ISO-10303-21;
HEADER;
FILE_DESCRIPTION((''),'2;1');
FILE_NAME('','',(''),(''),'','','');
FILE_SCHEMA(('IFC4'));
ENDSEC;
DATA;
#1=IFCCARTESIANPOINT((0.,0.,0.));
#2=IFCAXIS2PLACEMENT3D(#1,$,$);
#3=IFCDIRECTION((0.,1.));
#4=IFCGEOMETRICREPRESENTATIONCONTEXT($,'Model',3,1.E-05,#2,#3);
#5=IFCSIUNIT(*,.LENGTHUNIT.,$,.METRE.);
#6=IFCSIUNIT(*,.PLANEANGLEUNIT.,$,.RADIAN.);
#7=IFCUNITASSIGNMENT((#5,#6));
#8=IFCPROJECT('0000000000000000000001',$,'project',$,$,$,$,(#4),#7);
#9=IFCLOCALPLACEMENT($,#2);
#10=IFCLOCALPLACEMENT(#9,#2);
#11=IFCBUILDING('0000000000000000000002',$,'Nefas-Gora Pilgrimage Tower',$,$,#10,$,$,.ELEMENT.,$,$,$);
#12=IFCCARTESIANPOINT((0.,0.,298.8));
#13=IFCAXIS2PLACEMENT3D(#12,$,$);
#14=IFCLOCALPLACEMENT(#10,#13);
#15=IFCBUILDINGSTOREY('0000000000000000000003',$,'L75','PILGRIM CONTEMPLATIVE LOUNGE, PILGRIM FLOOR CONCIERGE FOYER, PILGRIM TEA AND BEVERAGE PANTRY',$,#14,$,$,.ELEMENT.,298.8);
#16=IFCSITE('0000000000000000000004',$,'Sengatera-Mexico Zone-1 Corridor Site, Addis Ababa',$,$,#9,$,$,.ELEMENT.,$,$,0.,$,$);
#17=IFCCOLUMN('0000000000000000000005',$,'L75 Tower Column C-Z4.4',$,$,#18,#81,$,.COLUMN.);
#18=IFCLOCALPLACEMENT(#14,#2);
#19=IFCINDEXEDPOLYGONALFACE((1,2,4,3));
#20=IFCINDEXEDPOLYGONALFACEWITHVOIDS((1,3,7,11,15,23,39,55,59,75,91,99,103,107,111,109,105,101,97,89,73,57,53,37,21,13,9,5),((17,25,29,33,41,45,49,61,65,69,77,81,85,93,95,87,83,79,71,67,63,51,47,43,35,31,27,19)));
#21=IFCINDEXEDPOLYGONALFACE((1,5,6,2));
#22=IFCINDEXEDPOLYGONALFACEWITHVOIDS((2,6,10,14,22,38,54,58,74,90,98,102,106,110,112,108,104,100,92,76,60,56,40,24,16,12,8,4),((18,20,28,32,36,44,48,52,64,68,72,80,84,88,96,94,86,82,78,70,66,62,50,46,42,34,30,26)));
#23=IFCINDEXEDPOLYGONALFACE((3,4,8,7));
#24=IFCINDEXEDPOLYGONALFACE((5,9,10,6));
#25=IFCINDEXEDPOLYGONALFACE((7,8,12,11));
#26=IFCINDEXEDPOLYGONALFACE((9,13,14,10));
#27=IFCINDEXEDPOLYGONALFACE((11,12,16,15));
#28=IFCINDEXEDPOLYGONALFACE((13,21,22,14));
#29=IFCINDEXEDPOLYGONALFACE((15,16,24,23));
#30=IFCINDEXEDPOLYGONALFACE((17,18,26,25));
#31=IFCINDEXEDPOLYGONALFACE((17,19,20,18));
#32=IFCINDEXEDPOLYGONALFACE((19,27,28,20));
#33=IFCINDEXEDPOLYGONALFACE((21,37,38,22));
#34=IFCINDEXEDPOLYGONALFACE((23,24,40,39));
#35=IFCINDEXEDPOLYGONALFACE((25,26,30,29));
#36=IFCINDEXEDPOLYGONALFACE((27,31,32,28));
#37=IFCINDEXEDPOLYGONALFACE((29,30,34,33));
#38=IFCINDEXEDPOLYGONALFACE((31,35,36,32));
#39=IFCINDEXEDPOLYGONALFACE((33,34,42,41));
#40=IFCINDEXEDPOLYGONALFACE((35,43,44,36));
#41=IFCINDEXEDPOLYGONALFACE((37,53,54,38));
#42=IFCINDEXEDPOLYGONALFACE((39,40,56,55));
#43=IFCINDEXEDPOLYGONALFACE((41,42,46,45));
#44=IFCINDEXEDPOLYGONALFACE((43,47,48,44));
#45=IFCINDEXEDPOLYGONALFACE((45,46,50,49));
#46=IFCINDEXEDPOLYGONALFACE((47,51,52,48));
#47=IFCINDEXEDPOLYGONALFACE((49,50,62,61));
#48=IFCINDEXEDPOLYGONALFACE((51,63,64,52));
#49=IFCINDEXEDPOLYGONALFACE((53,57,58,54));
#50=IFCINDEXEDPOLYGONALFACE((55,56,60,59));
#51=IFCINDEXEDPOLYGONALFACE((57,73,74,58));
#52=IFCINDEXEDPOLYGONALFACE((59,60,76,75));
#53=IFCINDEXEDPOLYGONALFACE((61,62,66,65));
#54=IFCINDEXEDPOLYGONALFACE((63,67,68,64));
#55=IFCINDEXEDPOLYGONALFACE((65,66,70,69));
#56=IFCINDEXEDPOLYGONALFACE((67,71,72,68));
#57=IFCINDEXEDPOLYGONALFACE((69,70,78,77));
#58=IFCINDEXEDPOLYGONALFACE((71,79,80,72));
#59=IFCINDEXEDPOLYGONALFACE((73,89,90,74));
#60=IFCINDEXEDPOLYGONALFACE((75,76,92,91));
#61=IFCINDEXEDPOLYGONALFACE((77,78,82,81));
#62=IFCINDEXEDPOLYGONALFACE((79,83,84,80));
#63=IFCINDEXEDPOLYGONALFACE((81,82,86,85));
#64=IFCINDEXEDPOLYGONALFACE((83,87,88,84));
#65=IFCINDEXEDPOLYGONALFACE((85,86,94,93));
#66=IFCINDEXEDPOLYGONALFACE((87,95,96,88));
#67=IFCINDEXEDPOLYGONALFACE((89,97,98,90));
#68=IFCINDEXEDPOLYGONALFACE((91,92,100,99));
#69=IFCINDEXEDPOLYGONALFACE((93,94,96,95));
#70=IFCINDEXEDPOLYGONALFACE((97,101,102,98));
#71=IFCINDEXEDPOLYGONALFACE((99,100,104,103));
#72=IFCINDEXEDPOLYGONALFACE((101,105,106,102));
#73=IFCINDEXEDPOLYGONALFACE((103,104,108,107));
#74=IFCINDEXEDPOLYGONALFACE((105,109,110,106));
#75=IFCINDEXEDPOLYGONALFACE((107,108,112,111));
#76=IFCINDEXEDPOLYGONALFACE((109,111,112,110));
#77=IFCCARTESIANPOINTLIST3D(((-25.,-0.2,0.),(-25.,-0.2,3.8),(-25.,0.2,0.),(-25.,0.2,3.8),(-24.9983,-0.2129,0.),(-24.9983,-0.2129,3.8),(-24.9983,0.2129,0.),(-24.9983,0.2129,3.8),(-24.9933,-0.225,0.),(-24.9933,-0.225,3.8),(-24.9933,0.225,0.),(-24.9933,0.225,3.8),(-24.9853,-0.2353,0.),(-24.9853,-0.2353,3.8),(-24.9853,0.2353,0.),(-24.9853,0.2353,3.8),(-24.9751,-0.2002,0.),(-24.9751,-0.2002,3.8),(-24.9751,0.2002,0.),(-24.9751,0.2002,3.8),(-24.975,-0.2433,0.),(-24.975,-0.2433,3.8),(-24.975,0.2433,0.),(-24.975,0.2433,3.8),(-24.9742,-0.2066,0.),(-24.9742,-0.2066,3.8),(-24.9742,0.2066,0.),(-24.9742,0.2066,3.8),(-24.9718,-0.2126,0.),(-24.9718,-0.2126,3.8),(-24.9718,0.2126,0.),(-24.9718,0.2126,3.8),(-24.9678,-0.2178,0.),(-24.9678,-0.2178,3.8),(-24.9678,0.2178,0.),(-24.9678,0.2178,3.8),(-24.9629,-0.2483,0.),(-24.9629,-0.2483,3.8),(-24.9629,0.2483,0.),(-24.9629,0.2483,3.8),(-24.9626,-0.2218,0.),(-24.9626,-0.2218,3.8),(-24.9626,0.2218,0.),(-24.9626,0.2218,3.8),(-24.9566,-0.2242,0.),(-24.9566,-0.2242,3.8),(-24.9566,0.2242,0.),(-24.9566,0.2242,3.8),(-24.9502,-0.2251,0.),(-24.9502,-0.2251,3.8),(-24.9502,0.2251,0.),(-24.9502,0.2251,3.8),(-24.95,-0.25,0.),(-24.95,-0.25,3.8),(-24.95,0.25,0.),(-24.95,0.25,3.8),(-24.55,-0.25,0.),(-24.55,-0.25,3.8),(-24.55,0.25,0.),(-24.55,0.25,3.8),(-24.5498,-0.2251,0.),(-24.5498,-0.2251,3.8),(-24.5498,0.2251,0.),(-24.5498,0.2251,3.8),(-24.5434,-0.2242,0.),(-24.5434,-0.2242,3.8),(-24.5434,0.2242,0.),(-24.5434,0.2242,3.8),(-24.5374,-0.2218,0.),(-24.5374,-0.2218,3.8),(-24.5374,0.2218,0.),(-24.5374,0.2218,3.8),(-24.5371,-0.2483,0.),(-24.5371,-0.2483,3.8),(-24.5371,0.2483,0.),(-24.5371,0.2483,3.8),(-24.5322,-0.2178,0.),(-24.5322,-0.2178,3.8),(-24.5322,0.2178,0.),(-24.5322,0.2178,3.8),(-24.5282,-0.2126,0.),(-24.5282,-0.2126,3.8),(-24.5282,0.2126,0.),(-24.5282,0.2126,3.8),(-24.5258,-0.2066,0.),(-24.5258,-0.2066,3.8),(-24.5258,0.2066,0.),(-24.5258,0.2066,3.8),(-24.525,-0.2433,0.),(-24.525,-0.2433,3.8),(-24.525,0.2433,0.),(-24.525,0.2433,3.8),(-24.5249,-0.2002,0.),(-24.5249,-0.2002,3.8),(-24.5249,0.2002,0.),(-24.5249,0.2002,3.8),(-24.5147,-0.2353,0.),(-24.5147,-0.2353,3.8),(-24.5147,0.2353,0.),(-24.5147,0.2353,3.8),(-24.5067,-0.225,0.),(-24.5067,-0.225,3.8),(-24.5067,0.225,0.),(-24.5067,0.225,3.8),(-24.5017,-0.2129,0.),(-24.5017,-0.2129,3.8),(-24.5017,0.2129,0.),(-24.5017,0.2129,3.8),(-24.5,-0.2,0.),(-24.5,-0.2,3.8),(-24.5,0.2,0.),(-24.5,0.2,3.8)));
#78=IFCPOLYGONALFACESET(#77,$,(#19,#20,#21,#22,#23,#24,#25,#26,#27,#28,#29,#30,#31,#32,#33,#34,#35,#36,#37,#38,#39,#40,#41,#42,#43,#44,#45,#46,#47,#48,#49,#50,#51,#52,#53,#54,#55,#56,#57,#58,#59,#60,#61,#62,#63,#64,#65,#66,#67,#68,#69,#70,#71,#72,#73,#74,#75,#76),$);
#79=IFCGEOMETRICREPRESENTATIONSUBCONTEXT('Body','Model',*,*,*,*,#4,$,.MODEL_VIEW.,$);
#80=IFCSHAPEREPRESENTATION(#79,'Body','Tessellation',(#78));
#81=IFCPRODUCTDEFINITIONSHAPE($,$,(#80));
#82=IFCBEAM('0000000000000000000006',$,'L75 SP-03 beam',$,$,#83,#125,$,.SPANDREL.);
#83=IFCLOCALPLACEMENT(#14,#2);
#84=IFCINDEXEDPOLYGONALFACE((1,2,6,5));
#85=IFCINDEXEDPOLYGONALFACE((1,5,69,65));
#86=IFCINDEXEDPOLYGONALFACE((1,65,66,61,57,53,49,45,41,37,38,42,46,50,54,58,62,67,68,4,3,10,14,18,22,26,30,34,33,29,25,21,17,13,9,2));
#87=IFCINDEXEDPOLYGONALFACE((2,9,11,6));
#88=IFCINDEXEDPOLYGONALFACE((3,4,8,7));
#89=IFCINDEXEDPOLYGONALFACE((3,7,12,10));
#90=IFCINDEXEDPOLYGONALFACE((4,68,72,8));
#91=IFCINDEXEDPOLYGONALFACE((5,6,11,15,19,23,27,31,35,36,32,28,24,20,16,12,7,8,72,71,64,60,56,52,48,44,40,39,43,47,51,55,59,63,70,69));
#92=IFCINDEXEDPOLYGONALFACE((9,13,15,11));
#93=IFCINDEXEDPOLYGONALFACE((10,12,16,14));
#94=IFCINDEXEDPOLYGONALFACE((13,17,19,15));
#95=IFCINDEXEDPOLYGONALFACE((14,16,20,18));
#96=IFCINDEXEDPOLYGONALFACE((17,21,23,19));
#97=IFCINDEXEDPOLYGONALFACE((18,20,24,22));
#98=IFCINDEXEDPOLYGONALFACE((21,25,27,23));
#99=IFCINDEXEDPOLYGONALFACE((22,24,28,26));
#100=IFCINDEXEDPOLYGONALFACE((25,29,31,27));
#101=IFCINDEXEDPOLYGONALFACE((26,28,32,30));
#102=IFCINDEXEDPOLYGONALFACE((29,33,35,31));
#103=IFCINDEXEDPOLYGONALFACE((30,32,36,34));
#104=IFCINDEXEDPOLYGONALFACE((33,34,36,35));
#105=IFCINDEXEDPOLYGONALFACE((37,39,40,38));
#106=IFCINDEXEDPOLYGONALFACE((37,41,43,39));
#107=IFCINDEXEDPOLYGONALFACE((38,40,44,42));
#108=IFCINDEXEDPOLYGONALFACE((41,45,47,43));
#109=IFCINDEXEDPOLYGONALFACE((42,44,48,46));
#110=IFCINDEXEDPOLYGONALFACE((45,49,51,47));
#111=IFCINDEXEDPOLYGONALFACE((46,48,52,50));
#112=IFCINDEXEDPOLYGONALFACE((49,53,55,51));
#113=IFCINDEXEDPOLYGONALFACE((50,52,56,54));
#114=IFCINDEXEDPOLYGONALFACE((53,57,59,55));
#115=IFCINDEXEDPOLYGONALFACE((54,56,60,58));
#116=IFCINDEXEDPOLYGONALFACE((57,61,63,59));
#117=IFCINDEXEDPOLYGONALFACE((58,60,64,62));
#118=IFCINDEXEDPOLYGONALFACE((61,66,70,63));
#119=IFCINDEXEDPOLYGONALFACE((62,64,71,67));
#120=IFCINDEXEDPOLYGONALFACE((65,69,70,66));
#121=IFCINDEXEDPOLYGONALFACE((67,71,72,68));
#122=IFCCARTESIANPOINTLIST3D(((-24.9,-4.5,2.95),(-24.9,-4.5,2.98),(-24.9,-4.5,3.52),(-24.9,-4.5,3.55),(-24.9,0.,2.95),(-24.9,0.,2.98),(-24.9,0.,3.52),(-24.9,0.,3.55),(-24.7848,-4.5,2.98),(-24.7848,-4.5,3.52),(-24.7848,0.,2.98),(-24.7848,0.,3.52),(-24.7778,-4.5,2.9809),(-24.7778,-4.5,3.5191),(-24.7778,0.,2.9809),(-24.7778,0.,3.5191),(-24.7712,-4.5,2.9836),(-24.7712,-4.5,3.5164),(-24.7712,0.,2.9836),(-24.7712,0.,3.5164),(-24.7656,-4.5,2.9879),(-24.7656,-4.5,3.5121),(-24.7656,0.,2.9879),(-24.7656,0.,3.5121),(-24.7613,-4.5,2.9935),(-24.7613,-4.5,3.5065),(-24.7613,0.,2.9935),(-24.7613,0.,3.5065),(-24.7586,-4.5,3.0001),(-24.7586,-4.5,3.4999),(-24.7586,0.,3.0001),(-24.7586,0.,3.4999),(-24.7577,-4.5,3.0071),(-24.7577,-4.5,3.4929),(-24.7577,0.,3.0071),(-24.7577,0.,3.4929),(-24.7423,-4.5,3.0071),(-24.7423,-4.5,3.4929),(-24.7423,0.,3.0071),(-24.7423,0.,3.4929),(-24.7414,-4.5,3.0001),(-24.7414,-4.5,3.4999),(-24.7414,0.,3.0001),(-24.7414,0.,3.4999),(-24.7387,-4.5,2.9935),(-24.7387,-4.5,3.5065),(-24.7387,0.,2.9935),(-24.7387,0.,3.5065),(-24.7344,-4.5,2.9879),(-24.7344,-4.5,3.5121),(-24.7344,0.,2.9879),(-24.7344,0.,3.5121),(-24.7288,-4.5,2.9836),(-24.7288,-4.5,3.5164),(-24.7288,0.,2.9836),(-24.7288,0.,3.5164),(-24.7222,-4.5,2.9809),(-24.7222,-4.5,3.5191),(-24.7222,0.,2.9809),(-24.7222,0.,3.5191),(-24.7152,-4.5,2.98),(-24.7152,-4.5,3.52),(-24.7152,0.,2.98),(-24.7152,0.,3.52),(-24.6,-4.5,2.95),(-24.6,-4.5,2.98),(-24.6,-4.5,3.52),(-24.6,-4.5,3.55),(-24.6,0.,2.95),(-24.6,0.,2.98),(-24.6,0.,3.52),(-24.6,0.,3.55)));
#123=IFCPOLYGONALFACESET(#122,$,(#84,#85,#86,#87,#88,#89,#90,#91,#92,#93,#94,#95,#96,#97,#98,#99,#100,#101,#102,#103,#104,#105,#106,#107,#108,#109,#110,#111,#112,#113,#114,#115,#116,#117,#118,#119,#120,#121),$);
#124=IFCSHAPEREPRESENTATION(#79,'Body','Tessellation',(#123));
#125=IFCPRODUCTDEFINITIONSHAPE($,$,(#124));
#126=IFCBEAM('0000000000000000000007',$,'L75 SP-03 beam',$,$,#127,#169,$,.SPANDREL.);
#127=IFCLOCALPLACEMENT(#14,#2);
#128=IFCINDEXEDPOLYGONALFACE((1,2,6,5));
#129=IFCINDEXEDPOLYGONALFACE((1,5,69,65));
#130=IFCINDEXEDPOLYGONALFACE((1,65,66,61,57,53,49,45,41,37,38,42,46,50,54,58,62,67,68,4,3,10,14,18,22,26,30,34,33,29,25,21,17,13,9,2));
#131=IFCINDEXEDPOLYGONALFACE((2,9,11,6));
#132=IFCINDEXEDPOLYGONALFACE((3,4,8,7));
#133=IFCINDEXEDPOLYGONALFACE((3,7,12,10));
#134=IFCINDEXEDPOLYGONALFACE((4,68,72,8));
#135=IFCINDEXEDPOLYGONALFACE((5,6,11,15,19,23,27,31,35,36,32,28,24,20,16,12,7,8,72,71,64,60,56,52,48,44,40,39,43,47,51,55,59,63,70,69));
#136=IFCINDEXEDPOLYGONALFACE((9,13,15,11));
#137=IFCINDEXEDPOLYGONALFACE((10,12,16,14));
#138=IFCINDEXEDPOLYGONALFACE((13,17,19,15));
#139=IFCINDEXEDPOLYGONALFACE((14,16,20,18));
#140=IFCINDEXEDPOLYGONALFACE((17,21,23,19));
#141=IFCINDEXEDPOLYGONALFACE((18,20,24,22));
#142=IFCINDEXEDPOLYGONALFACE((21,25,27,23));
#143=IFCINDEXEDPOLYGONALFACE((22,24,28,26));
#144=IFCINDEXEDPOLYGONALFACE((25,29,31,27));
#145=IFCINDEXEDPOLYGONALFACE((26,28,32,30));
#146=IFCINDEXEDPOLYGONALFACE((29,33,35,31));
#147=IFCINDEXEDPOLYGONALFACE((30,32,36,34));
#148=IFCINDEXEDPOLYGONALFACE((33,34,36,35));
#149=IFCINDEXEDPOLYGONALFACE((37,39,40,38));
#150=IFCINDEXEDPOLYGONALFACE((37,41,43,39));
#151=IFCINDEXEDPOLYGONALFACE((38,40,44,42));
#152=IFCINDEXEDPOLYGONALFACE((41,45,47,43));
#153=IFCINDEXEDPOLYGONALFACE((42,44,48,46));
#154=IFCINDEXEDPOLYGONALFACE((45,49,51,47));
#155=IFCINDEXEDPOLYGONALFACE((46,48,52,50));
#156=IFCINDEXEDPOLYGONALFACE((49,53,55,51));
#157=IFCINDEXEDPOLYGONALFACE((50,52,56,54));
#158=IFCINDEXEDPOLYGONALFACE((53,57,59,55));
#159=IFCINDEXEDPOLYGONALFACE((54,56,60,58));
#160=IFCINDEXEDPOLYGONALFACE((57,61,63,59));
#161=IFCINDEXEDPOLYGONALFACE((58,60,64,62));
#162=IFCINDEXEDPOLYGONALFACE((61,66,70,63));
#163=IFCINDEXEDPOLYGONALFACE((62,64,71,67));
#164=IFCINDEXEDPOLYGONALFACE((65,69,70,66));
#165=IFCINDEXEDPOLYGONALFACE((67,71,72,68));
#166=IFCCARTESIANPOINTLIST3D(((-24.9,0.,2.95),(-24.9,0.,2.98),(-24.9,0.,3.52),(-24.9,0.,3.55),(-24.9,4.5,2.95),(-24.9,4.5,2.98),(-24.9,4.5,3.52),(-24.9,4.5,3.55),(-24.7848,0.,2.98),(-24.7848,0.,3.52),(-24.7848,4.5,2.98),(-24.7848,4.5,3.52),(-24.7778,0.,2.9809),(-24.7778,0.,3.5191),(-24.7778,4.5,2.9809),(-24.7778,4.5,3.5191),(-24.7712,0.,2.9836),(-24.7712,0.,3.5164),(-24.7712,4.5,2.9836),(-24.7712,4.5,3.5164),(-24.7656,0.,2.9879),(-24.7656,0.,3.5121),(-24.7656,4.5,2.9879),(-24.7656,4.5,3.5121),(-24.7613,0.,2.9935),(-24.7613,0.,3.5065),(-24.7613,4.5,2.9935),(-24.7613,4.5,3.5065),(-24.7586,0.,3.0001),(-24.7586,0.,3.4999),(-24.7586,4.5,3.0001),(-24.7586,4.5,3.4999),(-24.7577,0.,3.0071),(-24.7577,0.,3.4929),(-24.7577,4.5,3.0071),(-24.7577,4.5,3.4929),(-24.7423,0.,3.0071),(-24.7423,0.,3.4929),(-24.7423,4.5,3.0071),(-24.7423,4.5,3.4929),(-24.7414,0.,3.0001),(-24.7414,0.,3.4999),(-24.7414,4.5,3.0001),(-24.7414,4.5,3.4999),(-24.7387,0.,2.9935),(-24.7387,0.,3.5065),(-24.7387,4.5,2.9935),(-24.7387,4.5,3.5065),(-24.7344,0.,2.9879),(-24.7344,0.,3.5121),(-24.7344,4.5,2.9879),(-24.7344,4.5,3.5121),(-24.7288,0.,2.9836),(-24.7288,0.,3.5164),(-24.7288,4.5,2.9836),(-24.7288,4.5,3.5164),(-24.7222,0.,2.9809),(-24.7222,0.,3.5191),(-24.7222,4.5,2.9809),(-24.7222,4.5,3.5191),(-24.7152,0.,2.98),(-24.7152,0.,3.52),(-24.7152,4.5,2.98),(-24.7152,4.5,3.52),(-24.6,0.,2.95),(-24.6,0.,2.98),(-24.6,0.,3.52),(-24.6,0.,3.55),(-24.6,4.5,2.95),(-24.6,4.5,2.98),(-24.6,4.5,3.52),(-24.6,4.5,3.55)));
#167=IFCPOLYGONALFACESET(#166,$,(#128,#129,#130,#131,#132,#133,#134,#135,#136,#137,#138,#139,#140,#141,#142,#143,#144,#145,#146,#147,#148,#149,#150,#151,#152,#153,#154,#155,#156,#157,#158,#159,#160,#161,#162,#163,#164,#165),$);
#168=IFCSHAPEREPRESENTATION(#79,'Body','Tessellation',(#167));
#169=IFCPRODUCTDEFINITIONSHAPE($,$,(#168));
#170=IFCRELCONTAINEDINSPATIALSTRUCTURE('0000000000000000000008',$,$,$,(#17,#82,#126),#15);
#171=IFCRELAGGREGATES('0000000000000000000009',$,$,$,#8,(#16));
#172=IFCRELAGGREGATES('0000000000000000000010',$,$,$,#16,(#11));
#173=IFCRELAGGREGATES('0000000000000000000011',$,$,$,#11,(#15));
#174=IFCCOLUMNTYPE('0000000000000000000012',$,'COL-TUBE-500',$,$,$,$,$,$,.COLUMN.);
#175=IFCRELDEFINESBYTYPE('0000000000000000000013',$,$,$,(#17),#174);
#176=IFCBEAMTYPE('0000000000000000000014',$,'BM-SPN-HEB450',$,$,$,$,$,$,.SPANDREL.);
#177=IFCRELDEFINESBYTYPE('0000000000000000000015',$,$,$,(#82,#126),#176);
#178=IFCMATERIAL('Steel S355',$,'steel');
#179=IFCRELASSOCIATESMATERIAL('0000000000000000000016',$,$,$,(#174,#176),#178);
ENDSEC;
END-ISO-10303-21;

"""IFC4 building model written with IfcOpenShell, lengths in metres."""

from ifc_helpers import new_model, si_unit, direction, frame, origin, origin_2d, place, context, subcontext, project, spatial, hollow_rectangle, i_section, extrude, source, transform, mapped, material, material_profile, profile_set, type_object, element, save


model = new_model("IFC4")

# Units and contexts
model_context = context("Model", 3, precision=1e-05, world=origin(), true_north=direction((0.0, 1.0)))
body_context = subcontext(model_context, "Body", "Model", "MODEL_VIEW")
ifc_project = project(units=[si_unit("LENGTHUNIT", "METRE"), si_unit("PLANEANGLEUNIT", "RADIAN")], contexts=[model_context])

# Site, building, storey
site_placement = place(None, origin())
site = spatial("IfcSite", under=ifc_project, at=site_placement, Name="Sengatera-Mexico Zone-1 Corridor Site, Addis Ababa", CompositionType="ELEMENT", RefElevation=0.0)
building_placement = place(site_placement, origin())
building = spatial("IfcBuilding", under=site, at=building_placement, Name="Nefas-Gora Pilgrimage Tower", CompositionType="ELEMENT")
storey_placement = place(building_placement, frame((0.0, 0.0, 298.8)))
storey = spatial("IfcBuildingStorey", under=building, at=storey_placement, Name="L75", Description="PILGRIM CONTEMPLATIVE LOUNGE, PILGRIM FLOOR CONCIERGE FOYER, PILGRIM TEA AND BEVERAGE PANTRY", CompositionType="ELEMENT", Elevation=298.8)

# Column
ifc_material_1 = material(Name="Steel S355", Category="steel")
ifc_material_profile_1 = material_profile(ifc_material_1, hollow_rectangle(XDim=0.5, YDim=0.5, WallThickness=0.0249, InnerFilletRadius=0.0249, OuterFilletRadius=0.05, at=origin_2d()), Name="SHS 500x500x25")
ifc_profile_set_1 = profile_set([ifc_material_profile_1], Name="Steel S355")
column_type_1 = type_object("IfcColumnType", Name="COL-TUBE-500", PredefinedType="COLUMN", material=ifc_profile_set_1)
shared_shape_1 = source(origin(), body_context, "Body", "SweptSolid", [
    extrude(hollow_rectangle(XDim=0.5, YDim=0.5, WallThickness=0.0249, InnerFilletRadius=0.0249, OuterFilletRadius=0.05, at=origin_2d()), origin(), (0.0, 0.0, 1.0), 3.8),
])
for number, where, z_axis, x_axis, name in (
    (1, (-24.75, 0.0, 0.0), (0.0, 0.0, 1.0), (1.0, 0.0, 0.0), "L75 Tower Column C-Z4.4"),
):
    element("IfcColumn", number, at=place(storey_placement, frame(where, z_axis=z_axis, x_axis=x_axis)), inside=storey, type_object=column_type_1, Name=name, PredefinedType="COLUMN", context=body_context, shape_type="MappedRepresentation", body=[
        mapped(shared_shape_1, transform((0.0, 0.0, 0.0), x_axis=(1.0, 0.0, 0.0), y_axis=(0.0, 1.0, 0.0), z_axis=(0.0, 0.0, 1.0), scale=1.0)),
    ])

# Beams
ifc_material_profile_2 = material_profile(ifc_material_1, i_section(OverallWidth=0.3, OverallDepth=0.6001, WebThickness=0.0154, FlangeThickness=0.03, FilletRadius=0.0271, at=origin_2d()), Name="HEB 600")
ifc_profile_set_2 = profile_set([ifc_material_profile_2], Name="Steel S355")
beam_type_1 = type_object("IfcBeamType", Name="BM-SPN-HEB450", PredefinedType="SPANDREL", material=ifc_profile_set_2)
shared_shape_2 = source(origin(), body_context, "Body", "SweptSolid", [
    extrude(i_section(OverallWidth=0.3, OverallDepth=0.6001, WebThickness=0.0154, FlangeThickness=0.03, FilletRadius=0.0271, at=origin_2d()), origin(), (0.0, 0.0, 1.0), 4.5),
])
for number, where, z_axis, x_axis, name in (
    (2, (-24.75, -4.5, 3.25), (0.0, 1.0, 0.0), (-1.0, 0.0, 0.0), "L75 SP-03 beam"),
    (3, (-24.75, 0.0, 3.25), (0.0, 1.0, 0.0), (-1.0, 0.0, 0.0), "L75 SP-03 beam"),
):
    element("IfcBeam", number, at=place(storey_placement, frame(where, z_axis=z_axis, x_axis=x_axis)), inside=storey, type_object=beam_type_1, Name=name, PredefinedType="SPANDREL", context=body_context, shape_type="MappedRepresentation", body=[
        mapped(shared_shape_2, transform((0.0, 0.0, 0.0), x_axis=(1.0, 0.0, 0.0), y_axis=(0.0, 1.0, 0.0), z_axis=(0.0, 0.0, 1.0), scale=1.0)),
    ])

save(model, "model.ifc")
